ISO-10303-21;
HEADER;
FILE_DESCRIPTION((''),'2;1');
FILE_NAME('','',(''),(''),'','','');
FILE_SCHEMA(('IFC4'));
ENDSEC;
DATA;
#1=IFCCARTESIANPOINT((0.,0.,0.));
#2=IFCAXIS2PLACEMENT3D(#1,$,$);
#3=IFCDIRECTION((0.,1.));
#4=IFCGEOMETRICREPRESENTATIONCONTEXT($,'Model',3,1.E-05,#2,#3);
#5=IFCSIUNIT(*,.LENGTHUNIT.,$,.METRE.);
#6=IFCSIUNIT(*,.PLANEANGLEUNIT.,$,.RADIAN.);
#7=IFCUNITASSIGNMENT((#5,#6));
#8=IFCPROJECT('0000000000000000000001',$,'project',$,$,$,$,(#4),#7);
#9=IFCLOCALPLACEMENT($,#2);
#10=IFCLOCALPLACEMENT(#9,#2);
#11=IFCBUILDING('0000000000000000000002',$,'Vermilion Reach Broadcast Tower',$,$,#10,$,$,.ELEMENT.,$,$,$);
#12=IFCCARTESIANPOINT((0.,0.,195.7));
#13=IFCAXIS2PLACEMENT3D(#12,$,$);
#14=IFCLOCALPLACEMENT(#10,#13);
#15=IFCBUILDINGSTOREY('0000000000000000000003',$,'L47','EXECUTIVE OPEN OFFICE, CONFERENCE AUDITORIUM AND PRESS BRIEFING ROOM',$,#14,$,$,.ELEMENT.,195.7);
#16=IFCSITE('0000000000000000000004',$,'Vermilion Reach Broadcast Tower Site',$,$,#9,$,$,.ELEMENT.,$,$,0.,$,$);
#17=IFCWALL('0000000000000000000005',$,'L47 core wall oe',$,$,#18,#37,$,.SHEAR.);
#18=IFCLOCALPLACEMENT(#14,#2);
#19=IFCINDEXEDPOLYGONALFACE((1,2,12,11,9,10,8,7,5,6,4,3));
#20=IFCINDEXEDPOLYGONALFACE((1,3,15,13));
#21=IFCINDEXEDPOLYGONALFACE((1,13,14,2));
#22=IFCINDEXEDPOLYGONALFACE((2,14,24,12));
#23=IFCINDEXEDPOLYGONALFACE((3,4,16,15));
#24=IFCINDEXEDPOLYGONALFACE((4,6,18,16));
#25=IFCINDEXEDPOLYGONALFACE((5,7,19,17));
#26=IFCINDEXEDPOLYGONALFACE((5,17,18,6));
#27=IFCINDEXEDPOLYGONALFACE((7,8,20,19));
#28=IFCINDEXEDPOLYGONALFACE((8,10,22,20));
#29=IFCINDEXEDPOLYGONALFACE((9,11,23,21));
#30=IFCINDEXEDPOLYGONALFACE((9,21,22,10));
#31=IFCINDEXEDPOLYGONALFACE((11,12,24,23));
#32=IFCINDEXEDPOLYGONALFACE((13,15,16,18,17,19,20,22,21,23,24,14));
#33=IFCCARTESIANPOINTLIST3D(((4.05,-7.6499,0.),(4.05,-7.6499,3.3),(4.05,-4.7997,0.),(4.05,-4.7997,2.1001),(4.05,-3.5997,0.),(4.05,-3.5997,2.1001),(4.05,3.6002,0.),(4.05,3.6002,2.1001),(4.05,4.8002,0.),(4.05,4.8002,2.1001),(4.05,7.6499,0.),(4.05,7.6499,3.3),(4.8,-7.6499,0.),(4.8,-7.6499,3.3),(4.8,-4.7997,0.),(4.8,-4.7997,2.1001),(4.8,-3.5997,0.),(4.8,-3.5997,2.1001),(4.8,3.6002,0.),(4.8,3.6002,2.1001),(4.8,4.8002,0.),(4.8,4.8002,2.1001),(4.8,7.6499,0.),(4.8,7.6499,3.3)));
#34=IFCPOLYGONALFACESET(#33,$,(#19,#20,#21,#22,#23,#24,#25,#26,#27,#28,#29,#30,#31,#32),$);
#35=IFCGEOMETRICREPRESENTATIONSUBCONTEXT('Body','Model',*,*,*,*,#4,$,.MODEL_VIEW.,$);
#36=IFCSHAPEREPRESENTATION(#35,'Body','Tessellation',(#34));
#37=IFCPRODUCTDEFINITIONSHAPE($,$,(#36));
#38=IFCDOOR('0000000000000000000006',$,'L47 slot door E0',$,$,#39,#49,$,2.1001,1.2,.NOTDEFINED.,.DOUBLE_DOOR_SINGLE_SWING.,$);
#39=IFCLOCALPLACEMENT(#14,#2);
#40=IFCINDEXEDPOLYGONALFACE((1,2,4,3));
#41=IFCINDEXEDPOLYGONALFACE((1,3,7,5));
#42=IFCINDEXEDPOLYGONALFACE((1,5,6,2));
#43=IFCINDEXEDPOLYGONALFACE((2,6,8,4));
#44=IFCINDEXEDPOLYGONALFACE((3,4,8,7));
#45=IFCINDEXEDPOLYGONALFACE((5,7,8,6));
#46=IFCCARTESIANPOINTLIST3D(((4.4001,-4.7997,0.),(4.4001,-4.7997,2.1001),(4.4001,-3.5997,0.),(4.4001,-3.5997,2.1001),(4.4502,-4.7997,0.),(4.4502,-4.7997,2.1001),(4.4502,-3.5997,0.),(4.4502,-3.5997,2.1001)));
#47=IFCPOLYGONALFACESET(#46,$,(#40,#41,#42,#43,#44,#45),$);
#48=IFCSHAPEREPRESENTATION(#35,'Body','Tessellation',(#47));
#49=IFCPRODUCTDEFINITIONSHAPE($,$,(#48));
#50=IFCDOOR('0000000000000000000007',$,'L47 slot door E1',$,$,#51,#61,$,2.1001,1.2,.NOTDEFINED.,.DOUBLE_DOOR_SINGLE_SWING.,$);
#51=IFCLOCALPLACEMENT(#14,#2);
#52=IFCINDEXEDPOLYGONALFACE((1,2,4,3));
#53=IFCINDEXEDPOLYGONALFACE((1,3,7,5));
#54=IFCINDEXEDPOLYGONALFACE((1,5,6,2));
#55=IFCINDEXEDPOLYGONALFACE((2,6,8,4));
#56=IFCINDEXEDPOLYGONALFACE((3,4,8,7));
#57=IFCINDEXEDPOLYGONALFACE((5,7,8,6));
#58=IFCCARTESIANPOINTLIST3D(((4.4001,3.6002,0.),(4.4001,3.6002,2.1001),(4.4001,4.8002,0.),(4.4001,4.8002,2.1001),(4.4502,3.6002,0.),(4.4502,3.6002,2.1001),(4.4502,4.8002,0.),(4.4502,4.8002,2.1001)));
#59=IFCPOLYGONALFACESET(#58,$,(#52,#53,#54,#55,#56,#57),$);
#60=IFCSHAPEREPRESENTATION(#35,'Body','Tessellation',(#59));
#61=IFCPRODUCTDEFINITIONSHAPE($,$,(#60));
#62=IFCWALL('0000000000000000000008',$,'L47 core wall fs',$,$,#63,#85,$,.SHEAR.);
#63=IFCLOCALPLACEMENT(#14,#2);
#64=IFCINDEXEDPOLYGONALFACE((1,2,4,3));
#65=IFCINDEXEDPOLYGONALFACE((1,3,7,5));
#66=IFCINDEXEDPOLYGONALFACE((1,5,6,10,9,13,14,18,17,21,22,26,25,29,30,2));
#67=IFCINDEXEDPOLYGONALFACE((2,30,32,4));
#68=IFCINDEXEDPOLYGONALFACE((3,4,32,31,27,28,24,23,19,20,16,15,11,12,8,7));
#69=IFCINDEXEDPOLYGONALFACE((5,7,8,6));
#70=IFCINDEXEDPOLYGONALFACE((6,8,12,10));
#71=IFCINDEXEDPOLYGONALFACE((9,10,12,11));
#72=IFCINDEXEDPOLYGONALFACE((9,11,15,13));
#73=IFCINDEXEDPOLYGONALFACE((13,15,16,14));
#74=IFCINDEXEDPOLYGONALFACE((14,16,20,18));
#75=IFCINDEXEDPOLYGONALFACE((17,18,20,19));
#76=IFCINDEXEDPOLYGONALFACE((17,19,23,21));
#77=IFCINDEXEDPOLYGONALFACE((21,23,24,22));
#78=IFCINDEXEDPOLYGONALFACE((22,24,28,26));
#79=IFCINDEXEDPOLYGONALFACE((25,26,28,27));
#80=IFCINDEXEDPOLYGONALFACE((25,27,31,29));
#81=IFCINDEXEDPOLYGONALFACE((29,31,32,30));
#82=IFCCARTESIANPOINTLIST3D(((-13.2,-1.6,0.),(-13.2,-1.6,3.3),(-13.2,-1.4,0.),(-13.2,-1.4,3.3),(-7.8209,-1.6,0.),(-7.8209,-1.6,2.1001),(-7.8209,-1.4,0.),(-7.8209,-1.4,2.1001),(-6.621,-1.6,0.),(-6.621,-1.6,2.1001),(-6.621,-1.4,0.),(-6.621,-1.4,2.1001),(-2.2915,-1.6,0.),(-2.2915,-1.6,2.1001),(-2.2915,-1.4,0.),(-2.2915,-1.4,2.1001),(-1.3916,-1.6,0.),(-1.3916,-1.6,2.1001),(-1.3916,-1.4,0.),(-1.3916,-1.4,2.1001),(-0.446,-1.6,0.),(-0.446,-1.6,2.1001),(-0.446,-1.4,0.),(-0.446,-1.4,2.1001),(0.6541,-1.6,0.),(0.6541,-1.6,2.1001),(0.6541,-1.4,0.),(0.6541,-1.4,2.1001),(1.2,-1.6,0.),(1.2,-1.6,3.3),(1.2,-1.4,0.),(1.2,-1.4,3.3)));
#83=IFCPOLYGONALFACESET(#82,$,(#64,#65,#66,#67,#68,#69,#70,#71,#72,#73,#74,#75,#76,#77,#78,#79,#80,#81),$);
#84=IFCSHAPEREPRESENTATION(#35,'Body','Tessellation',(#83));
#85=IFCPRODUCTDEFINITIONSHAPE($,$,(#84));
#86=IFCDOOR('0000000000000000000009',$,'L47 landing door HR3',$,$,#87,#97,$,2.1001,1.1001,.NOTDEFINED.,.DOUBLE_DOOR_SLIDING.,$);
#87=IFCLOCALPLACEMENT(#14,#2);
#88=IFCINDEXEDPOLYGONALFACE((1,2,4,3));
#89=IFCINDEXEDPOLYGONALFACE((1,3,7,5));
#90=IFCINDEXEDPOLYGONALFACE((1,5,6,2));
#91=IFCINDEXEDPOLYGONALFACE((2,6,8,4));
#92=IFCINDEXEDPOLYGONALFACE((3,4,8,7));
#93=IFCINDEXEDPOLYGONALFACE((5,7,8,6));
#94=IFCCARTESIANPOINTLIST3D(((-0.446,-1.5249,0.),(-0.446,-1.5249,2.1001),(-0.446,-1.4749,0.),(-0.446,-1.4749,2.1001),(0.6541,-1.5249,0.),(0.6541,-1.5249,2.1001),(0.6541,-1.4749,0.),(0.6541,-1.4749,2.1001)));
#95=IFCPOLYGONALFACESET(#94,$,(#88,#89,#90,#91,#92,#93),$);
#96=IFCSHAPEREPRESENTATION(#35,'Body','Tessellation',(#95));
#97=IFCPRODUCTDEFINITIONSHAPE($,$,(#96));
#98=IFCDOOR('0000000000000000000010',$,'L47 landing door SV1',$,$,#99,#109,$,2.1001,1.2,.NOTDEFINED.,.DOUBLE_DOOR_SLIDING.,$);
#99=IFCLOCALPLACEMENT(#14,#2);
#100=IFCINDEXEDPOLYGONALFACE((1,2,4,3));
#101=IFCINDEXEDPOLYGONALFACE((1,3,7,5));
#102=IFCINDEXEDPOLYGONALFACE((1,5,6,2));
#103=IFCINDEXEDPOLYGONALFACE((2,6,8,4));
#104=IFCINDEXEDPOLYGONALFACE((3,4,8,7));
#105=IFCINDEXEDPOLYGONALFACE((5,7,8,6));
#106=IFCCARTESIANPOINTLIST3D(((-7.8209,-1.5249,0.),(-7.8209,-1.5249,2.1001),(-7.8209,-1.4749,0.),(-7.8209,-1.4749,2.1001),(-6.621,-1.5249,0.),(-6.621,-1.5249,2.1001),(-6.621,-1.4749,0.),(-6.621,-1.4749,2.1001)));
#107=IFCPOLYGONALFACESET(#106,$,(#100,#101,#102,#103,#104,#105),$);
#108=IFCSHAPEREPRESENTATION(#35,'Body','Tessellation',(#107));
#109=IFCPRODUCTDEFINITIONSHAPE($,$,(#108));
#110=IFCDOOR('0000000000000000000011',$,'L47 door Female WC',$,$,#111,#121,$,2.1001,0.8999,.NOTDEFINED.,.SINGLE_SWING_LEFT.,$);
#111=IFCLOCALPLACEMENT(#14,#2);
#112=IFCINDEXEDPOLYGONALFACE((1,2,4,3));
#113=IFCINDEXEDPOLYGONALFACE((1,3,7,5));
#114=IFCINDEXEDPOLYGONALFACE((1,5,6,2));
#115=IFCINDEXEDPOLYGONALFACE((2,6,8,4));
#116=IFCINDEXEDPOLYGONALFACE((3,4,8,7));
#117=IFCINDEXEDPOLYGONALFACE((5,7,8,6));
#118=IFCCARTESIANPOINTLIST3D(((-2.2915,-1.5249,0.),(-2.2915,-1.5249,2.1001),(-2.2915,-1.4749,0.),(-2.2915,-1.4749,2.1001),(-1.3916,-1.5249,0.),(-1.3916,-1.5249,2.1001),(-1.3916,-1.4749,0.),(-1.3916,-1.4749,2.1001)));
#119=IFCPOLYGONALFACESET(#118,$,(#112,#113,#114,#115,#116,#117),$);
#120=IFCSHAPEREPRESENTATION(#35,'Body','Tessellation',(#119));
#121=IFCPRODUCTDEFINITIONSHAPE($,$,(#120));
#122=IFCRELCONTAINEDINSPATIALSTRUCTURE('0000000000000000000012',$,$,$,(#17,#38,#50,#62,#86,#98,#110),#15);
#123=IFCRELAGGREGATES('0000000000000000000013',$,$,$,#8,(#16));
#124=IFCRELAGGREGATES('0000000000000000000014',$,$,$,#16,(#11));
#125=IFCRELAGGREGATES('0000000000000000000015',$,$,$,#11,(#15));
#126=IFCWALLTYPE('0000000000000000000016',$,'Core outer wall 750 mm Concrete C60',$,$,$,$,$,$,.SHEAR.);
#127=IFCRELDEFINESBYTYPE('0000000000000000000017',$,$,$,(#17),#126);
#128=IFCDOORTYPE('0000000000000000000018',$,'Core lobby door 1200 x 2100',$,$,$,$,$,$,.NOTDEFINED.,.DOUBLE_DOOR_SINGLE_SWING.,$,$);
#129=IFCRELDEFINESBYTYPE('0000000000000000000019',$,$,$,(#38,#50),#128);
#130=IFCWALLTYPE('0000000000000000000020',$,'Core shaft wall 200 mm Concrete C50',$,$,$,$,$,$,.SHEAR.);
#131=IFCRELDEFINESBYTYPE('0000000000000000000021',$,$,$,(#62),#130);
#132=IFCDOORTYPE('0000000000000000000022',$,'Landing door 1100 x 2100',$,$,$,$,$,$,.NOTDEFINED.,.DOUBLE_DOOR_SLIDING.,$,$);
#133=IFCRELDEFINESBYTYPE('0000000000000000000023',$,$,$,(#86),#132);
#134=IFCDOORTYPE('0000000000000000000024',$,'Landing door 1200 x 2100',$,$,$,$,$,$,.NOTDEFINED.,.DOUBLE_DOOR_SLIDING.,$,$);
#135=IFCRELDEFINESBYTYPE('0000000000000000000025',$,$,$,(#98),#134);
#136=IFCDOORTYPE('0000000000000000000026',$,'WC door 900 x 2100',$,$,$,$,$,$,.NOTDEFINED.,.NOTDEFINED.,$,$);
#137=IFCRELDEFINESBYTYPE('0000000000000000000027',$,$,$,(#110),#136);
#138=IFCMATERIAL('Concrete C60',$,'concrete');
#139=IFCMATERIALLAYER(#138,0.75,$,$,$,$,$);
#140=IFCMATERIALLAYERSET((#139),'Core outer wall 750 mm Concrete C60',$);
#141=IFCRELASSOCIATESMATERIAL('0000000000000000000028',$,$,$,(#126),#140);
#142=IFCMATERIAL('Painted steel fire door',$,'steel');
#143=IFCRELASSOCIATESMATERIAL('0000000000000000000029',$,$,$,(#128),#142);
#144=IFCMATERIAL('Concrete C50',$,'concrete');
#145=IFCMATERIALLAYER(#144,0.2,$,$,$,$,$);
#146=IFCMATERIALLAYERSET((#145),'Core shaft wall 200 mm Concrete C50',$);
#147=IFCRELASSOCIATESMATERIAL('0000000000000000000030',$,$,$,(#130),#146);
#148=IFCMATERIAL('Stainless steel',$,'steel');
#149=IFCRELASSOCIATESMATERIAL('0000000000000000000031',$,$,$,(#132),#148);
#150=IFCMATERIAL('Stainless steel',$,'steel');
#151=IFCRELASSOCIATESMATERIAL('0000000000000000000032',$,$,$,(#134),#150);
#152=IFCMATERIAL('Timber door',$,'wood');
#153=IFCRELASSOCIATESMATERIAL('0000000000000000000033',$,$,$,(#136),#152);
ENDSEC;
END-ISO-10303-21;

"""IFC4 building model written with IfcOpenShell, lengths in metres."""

from ifc_helpers import new_model, si_unit, direction, frame, frame_2d, origin, place, context, subcontext, project, spatial, rectangle, extrude, material, layer, layer_set, type_object, element, fill, save


model = new_model("IFC4")

# Units and contexts
model_context = context("Model", 3, precision=1e-05, world=origin(), true_north=direction((0.0, 1.0)))
body_context = subcontext(model_context, "Body", "Model", "MODEL_VIEW")
ifc_project = project(units=[si_unit("LENGTHUNIT", "METRE"), si_unit("PLANEANGLEUNIT", "RADIAN")], contexts=[model_context])

# Site, building, storey
site_placement = place(None, origin())
site = spatial("IfcSite", under=ifc_project, at=site_placement, Name="Vermilion Reach Broadcast Tower Site", CompositionType="ELEMENT", RefElevation=0.0)
building_placement = place(site_placement, origin())
building = spatial("IfcBuilding", under=site, at=building_placement, Name="Vermilion Reach Broadcast Tower", CompositionType="ELEMENT")
storey_placement = place(building_placement, frame((0.0, 0.0, 195.7)))
storey = spatial("IfcBuildingStorey", under=building, at=storey_placement, Name="L47", Description="EXECUTIVE OPEN OFFICE, CONFERENCE AUDITORIUM AND PRESS BRIEFING ROOM", CompositionType="ELEMENT", Elevation=195.7)

# Walls, openings, doors
ifc_material_1 = material(Name="Concrete C60", Category="concrete")
ifc_layer_1 = layer(ifc_material_1, 0.75)
ifc_layer_set_1 = layer_set([ifc_layer_1], Name="Core outer wall 750 mm Concrete C60")
wall_type_1 = type_object("IfcWallType", Name="Core outer wall 750 mm Concrete C60", PredefinedType="SHEAR", material=ifc_layer_set_1)
wall_1_placement = place(storey_placement, frame((4.425, -7.6499, 0.0), z_axis=(0.0, 0.0, 1.0), x_axis=(0.0, 1.0, 0.0)))
wall_1 = element("IfcWall", 1, at=wall_1_placement, inside=storey, type_object=wall_type_1, Name="L47 core wall oe", PredefinedType="SHEAR", context=body_context, shape_type="SweptSolid", body=[
    extrude(rectangle(XDim=15.2998, YDim=0.75, at=frame_2d((7.6499, 0.0))), origin(), (0.0, 0.0, 1.0), 3.3),
])
opening_1_placement = place(wall_1_placement, frame((2.8501, 0.0, 0.0)))
opening_1 = element("IfcOpeningElement", 2, at=opening_1_placement, cuts=wall_1, PredefinedType="OPENING", context=body_context, shape_type="SweptSolid", body=[
    extrude(rectangle(XDim=1.2, YDim=2.1001, at=frame_2d((0.6001, 1.05))), frame((0.0, 0.385, 0.0), z_axis=(0.0, -1.0, 0.0), x_axis=(1.0, 0.0, 0.0)), (0.0, 0.0, 1.0), 0.77),
])
opening_2_placement = place(wall_1_placement, frame((11.25, 0.0, 0.0)))
opening_2 = element("IfcOpeningElement", 3, at=opening_2_placement, cuts=wall_1, PredefinedType="OPENING", context=body_context, shape_type="SweptSolid", body=[
    extrude(rectangle(XDim=1.2, YDim=2.1001, at=frame_2d((0.6001, 1.05))), frame((0.0, 0.385, 0.0), z_axis=(0.0, -1.0, 0.0), x_axis=(1.0, 0.0, 0.0)), (0.0, 0.0, 1.0), 0.77),
])
ifc_material_2 = material(Name="Painted steel fire door", Category="steel")
door_type_1 = type_object("IfcDoorType", Name="Core lobby door 1200 x 2100", OperationType="DOUBLE_DOOR_SINGLE_SWING", PredefinedType="NOTDEFINED", material=ifc_material_2)
door_1_placement = place(opening_1_placement, origin())
door_1 = element("IfcDoor", 4, at=door_1_placement, inside=storey, type_object=door_type_1, Name="L47 slot door E0", OperationType="DOUBLE_DOOR_SINGLE_SWING", OverallHeight=2.1001, OverallWidth=1.2, PredefinedType="NOTDEFINED", context=body_context, shape_type="SweptSolid", body=[
    extrude(rectangle(XDim=1.2, YDim=2.1001, at=frame_2d((0.6001, 1.05))), frame((0.0, 0.0249, 0.0), z_axis=(0.0, -1.0, 0.0), x_axis=(1.0, 0.0, 0.0)), (0.0, 0.0, 1.0), 0.05),
])
fill(opening_1, door_1)
door_2_placement = place(opening_2_placement, origin())
door_2 = element("IfcDoor", 5, at=door_2_placement, inside=storey, type_object=door_type_1, Name="L47 slot door E1", OperationType="DOUBLE_DOOR_SINGLE_SWING", OverallHeight=2.1001, OverallWidth=1.2, PredefinedType="NOTDEFINED", context=body_context, shape_type="SweptSolid", body=[
    extrude(rectangle(XDim=1.2, YDim=2.1001, at=frame_2d((0.6001, 1.05))), frame((0.0, 0.0249, 0.0), z_axis=(0.0, -1.0, 0.0), x_axis=(1.0, 0.0, 0.0)), (0.0, 0.0, 1.0), 0.05),
])
fill(opening_2, door_2)
ifc_material_3 = material(Name="Concrete C50", Category="concrete")
ifc_layer_2 = layer(ifc_material_3, 0.2)
ifc_layer_set_2 = layer_set([ifc_layer_2], Name="Core shaft wall 200 mm Concrete C50")
wall_type_2 = type_object("IfcWallType", Name="Core shaft wall 200 mm Concrete C50", PredefinedType="SHEAR", material=ifc_layer_set_2)
wall_2_placement = place(storey_placement, frame((1.2, -1.5, 0.0), z_axis=(0.0, 0.0, 1.0), x_axis=(-1.0, 0.0, 0.0)))
wall_2 = element("IfcWall", 6, at=wall_2_placement, inside=storey, type_object=wall_type_2, Name="L47 core wall fs", PredefinedType="SHEAR", context=body_context, shape_type="SweptSolid", body=[
    extrude(rectangle(XDim=14.3999, YDim=0.2, at=frame_2d((7.2, 0.0))), origin(), (0.0, 0.0, 1.0), 3.3),
])
opening_3_placement = place(wall_2_placement, frame((7.8208, 0.0, 0.0)))
opening_3 = element("IfcOpeningElement", 7, at=opening_3_placement, cuts=wall_2, PredefinedType="OPENING", context=body_context, shape_type="SweptSolid", body=[
    extrude(rectangle(XDim=1.2, YDim=2.1001, at=frame_2d((0.6001, 1.05))), frame((0.0, 0.1099, 0.0), z_axis=(0.0, -1.0, 0.0), x_axis=(1.0, 0.0, 0.0)), (0.0, 0.0, 1.0), 0.22),
])
opening_4_placement = place(wall_2_placement, frame((0.5459, 0.0, 0.0)))
opening_4 = element("IfcOpeningElement", 8, at=opening_4_placement, cuts=wall_2, PredefinedType="OPENING", context=body_context, shape_type="SweptSolid", body=[
    extrude(rectangle(XDim=1.1001, YDim=2.1001, at=frame_2d((0.55, 1.05))), frame((0.0, 0.1099, 0.0), z_axis=(0.0, -1.0, 0.0), x_axis=(1.0, 0.0, 0.0)), (0.0, 0.0, 1.0), 0.22),
])
opening_5_placement = place(wall_2_placement, frame((2.5916, 0.0, 0.0)))
opening_5 = element("IfcOpeningElement", 9, at=opening_5_placement, cuts=wall_2, PredefinedType="OPENING", context=body_context, shape_type="SweptSolid", body=[
    extrude(rectangle(XDim=0.8999, YDim=2.1001, at=frame_2d((0.45, 1.05))), frame((0.0, 0.1099, 0.0), z_axis=(0.0, -1.0, 0.0), x_axis=(1.0, 0.0, 0.0)), (0.0, 0.0, 1.0), 0.22),
])
ifc_material_4 = material(Name="Stainless steel", Category="steel")
door_type_2 = type_object("IfcDoorType", Name="Landing door 1100 x 2100", OperationType="DOUBLE_DOOR_SLIDING", PredefinedType="NOTDEFINED", material=ifc_material_4)
door_3_placement = place(opening_4_placement, origin())
door_3 = element("IfcDoor", 10, at=door_3_placement, inside=storey, type_object=door_type_2, Name="L47 landing door HR3", OperationType="DOUBLE_DOOR_SLIDING", OverallHeight=2.1001, OverallWidth=1.1001, PredefinedType="NOTDEFINED", context=body_context, shape_type="SweptSolid", body=[
    extrude(rectangle(XDim=1.1001, YDim=2.1001, at=frame_2d((0.55, 1.05))), frame((0.0, 0.0249, 0.0), z_axis=(0.0, -1.0, 0.0), x_axis=(1.0, 0.0, 0.0)), (0.0, 0.0, 1.0), 0.05),
])
fill(opening_4, door_3)
ifc_material_5 = material(Name="Stainless steel", Category="steel")
door_type_3 = type_object("IfcDoorType", Name="Landing door 1200 x 2100", OperationType="DOUBLE_DOOR_SLIDING", PredefinedType="NOTDEFINED", material=ifc_material_5)
door_4_placement = place(opening_3_placement, origin())
door_4 = element("IfcDoor", 11, at=door_4_placement, inside=storey, type_object=door_type_3, Name="L47 landing door SV1", OperationType="DOUBLE_DOOR_SLIDING", OverallHeight=2.1001, OverallWidth=1.2, PredefinedType="NOTDEFINED", context=body_context, shape_type="SweptSolid", body=[
    extrude(rectangle(XDim=1.2, YDim=2.1001, at=frame_2d((0.6001, 1.05))), frame((0.0, 0.0249, 0.0), z_axis=(0.0, -1.0, 0.0), x_axis=(1.0, 0.0, 0.0)), (0.0, 0.0, 1.0), 0.05),
])
fill(opening_3, door_4)
ifc_material_6 = material(Name="Timber door", Category="wood")
door_type_4 = type_object("IfcDoorType", Name="WC door 900 x 2100", OperationType="NOTDEFINED", PredefinedType="NOTDEFINED", material=ifc_material_6)
door_5_placement = place(opening_5_placement, origin())
door_5 = element("IfcDoor", 12, at=door_5_placement, inside=storey, type_object=door_type_4, Name="L47 door Female WC", OperationType="SINGLE_SWING_LEFT", OverallHeight=2.1001, OverallWidth=0.8999, PredefinedType="NOTDEFINED", context=body_context, shape_type="SweptSolid", body=[
    extrude(rectangle(XDim=0.8999, YDim=2.1001, at=frame_2d((0.45, 1.05))), frame((0.0, 0.0249, 0.0), z_axis=(0.0, -1.0, 0.0), x_axis=(1.0, 0.0, 0.0)), (0.0, 0.0, 1.0), 0.05),
])
fill(opening_5, door_5)

save(model, "model.ifc")
